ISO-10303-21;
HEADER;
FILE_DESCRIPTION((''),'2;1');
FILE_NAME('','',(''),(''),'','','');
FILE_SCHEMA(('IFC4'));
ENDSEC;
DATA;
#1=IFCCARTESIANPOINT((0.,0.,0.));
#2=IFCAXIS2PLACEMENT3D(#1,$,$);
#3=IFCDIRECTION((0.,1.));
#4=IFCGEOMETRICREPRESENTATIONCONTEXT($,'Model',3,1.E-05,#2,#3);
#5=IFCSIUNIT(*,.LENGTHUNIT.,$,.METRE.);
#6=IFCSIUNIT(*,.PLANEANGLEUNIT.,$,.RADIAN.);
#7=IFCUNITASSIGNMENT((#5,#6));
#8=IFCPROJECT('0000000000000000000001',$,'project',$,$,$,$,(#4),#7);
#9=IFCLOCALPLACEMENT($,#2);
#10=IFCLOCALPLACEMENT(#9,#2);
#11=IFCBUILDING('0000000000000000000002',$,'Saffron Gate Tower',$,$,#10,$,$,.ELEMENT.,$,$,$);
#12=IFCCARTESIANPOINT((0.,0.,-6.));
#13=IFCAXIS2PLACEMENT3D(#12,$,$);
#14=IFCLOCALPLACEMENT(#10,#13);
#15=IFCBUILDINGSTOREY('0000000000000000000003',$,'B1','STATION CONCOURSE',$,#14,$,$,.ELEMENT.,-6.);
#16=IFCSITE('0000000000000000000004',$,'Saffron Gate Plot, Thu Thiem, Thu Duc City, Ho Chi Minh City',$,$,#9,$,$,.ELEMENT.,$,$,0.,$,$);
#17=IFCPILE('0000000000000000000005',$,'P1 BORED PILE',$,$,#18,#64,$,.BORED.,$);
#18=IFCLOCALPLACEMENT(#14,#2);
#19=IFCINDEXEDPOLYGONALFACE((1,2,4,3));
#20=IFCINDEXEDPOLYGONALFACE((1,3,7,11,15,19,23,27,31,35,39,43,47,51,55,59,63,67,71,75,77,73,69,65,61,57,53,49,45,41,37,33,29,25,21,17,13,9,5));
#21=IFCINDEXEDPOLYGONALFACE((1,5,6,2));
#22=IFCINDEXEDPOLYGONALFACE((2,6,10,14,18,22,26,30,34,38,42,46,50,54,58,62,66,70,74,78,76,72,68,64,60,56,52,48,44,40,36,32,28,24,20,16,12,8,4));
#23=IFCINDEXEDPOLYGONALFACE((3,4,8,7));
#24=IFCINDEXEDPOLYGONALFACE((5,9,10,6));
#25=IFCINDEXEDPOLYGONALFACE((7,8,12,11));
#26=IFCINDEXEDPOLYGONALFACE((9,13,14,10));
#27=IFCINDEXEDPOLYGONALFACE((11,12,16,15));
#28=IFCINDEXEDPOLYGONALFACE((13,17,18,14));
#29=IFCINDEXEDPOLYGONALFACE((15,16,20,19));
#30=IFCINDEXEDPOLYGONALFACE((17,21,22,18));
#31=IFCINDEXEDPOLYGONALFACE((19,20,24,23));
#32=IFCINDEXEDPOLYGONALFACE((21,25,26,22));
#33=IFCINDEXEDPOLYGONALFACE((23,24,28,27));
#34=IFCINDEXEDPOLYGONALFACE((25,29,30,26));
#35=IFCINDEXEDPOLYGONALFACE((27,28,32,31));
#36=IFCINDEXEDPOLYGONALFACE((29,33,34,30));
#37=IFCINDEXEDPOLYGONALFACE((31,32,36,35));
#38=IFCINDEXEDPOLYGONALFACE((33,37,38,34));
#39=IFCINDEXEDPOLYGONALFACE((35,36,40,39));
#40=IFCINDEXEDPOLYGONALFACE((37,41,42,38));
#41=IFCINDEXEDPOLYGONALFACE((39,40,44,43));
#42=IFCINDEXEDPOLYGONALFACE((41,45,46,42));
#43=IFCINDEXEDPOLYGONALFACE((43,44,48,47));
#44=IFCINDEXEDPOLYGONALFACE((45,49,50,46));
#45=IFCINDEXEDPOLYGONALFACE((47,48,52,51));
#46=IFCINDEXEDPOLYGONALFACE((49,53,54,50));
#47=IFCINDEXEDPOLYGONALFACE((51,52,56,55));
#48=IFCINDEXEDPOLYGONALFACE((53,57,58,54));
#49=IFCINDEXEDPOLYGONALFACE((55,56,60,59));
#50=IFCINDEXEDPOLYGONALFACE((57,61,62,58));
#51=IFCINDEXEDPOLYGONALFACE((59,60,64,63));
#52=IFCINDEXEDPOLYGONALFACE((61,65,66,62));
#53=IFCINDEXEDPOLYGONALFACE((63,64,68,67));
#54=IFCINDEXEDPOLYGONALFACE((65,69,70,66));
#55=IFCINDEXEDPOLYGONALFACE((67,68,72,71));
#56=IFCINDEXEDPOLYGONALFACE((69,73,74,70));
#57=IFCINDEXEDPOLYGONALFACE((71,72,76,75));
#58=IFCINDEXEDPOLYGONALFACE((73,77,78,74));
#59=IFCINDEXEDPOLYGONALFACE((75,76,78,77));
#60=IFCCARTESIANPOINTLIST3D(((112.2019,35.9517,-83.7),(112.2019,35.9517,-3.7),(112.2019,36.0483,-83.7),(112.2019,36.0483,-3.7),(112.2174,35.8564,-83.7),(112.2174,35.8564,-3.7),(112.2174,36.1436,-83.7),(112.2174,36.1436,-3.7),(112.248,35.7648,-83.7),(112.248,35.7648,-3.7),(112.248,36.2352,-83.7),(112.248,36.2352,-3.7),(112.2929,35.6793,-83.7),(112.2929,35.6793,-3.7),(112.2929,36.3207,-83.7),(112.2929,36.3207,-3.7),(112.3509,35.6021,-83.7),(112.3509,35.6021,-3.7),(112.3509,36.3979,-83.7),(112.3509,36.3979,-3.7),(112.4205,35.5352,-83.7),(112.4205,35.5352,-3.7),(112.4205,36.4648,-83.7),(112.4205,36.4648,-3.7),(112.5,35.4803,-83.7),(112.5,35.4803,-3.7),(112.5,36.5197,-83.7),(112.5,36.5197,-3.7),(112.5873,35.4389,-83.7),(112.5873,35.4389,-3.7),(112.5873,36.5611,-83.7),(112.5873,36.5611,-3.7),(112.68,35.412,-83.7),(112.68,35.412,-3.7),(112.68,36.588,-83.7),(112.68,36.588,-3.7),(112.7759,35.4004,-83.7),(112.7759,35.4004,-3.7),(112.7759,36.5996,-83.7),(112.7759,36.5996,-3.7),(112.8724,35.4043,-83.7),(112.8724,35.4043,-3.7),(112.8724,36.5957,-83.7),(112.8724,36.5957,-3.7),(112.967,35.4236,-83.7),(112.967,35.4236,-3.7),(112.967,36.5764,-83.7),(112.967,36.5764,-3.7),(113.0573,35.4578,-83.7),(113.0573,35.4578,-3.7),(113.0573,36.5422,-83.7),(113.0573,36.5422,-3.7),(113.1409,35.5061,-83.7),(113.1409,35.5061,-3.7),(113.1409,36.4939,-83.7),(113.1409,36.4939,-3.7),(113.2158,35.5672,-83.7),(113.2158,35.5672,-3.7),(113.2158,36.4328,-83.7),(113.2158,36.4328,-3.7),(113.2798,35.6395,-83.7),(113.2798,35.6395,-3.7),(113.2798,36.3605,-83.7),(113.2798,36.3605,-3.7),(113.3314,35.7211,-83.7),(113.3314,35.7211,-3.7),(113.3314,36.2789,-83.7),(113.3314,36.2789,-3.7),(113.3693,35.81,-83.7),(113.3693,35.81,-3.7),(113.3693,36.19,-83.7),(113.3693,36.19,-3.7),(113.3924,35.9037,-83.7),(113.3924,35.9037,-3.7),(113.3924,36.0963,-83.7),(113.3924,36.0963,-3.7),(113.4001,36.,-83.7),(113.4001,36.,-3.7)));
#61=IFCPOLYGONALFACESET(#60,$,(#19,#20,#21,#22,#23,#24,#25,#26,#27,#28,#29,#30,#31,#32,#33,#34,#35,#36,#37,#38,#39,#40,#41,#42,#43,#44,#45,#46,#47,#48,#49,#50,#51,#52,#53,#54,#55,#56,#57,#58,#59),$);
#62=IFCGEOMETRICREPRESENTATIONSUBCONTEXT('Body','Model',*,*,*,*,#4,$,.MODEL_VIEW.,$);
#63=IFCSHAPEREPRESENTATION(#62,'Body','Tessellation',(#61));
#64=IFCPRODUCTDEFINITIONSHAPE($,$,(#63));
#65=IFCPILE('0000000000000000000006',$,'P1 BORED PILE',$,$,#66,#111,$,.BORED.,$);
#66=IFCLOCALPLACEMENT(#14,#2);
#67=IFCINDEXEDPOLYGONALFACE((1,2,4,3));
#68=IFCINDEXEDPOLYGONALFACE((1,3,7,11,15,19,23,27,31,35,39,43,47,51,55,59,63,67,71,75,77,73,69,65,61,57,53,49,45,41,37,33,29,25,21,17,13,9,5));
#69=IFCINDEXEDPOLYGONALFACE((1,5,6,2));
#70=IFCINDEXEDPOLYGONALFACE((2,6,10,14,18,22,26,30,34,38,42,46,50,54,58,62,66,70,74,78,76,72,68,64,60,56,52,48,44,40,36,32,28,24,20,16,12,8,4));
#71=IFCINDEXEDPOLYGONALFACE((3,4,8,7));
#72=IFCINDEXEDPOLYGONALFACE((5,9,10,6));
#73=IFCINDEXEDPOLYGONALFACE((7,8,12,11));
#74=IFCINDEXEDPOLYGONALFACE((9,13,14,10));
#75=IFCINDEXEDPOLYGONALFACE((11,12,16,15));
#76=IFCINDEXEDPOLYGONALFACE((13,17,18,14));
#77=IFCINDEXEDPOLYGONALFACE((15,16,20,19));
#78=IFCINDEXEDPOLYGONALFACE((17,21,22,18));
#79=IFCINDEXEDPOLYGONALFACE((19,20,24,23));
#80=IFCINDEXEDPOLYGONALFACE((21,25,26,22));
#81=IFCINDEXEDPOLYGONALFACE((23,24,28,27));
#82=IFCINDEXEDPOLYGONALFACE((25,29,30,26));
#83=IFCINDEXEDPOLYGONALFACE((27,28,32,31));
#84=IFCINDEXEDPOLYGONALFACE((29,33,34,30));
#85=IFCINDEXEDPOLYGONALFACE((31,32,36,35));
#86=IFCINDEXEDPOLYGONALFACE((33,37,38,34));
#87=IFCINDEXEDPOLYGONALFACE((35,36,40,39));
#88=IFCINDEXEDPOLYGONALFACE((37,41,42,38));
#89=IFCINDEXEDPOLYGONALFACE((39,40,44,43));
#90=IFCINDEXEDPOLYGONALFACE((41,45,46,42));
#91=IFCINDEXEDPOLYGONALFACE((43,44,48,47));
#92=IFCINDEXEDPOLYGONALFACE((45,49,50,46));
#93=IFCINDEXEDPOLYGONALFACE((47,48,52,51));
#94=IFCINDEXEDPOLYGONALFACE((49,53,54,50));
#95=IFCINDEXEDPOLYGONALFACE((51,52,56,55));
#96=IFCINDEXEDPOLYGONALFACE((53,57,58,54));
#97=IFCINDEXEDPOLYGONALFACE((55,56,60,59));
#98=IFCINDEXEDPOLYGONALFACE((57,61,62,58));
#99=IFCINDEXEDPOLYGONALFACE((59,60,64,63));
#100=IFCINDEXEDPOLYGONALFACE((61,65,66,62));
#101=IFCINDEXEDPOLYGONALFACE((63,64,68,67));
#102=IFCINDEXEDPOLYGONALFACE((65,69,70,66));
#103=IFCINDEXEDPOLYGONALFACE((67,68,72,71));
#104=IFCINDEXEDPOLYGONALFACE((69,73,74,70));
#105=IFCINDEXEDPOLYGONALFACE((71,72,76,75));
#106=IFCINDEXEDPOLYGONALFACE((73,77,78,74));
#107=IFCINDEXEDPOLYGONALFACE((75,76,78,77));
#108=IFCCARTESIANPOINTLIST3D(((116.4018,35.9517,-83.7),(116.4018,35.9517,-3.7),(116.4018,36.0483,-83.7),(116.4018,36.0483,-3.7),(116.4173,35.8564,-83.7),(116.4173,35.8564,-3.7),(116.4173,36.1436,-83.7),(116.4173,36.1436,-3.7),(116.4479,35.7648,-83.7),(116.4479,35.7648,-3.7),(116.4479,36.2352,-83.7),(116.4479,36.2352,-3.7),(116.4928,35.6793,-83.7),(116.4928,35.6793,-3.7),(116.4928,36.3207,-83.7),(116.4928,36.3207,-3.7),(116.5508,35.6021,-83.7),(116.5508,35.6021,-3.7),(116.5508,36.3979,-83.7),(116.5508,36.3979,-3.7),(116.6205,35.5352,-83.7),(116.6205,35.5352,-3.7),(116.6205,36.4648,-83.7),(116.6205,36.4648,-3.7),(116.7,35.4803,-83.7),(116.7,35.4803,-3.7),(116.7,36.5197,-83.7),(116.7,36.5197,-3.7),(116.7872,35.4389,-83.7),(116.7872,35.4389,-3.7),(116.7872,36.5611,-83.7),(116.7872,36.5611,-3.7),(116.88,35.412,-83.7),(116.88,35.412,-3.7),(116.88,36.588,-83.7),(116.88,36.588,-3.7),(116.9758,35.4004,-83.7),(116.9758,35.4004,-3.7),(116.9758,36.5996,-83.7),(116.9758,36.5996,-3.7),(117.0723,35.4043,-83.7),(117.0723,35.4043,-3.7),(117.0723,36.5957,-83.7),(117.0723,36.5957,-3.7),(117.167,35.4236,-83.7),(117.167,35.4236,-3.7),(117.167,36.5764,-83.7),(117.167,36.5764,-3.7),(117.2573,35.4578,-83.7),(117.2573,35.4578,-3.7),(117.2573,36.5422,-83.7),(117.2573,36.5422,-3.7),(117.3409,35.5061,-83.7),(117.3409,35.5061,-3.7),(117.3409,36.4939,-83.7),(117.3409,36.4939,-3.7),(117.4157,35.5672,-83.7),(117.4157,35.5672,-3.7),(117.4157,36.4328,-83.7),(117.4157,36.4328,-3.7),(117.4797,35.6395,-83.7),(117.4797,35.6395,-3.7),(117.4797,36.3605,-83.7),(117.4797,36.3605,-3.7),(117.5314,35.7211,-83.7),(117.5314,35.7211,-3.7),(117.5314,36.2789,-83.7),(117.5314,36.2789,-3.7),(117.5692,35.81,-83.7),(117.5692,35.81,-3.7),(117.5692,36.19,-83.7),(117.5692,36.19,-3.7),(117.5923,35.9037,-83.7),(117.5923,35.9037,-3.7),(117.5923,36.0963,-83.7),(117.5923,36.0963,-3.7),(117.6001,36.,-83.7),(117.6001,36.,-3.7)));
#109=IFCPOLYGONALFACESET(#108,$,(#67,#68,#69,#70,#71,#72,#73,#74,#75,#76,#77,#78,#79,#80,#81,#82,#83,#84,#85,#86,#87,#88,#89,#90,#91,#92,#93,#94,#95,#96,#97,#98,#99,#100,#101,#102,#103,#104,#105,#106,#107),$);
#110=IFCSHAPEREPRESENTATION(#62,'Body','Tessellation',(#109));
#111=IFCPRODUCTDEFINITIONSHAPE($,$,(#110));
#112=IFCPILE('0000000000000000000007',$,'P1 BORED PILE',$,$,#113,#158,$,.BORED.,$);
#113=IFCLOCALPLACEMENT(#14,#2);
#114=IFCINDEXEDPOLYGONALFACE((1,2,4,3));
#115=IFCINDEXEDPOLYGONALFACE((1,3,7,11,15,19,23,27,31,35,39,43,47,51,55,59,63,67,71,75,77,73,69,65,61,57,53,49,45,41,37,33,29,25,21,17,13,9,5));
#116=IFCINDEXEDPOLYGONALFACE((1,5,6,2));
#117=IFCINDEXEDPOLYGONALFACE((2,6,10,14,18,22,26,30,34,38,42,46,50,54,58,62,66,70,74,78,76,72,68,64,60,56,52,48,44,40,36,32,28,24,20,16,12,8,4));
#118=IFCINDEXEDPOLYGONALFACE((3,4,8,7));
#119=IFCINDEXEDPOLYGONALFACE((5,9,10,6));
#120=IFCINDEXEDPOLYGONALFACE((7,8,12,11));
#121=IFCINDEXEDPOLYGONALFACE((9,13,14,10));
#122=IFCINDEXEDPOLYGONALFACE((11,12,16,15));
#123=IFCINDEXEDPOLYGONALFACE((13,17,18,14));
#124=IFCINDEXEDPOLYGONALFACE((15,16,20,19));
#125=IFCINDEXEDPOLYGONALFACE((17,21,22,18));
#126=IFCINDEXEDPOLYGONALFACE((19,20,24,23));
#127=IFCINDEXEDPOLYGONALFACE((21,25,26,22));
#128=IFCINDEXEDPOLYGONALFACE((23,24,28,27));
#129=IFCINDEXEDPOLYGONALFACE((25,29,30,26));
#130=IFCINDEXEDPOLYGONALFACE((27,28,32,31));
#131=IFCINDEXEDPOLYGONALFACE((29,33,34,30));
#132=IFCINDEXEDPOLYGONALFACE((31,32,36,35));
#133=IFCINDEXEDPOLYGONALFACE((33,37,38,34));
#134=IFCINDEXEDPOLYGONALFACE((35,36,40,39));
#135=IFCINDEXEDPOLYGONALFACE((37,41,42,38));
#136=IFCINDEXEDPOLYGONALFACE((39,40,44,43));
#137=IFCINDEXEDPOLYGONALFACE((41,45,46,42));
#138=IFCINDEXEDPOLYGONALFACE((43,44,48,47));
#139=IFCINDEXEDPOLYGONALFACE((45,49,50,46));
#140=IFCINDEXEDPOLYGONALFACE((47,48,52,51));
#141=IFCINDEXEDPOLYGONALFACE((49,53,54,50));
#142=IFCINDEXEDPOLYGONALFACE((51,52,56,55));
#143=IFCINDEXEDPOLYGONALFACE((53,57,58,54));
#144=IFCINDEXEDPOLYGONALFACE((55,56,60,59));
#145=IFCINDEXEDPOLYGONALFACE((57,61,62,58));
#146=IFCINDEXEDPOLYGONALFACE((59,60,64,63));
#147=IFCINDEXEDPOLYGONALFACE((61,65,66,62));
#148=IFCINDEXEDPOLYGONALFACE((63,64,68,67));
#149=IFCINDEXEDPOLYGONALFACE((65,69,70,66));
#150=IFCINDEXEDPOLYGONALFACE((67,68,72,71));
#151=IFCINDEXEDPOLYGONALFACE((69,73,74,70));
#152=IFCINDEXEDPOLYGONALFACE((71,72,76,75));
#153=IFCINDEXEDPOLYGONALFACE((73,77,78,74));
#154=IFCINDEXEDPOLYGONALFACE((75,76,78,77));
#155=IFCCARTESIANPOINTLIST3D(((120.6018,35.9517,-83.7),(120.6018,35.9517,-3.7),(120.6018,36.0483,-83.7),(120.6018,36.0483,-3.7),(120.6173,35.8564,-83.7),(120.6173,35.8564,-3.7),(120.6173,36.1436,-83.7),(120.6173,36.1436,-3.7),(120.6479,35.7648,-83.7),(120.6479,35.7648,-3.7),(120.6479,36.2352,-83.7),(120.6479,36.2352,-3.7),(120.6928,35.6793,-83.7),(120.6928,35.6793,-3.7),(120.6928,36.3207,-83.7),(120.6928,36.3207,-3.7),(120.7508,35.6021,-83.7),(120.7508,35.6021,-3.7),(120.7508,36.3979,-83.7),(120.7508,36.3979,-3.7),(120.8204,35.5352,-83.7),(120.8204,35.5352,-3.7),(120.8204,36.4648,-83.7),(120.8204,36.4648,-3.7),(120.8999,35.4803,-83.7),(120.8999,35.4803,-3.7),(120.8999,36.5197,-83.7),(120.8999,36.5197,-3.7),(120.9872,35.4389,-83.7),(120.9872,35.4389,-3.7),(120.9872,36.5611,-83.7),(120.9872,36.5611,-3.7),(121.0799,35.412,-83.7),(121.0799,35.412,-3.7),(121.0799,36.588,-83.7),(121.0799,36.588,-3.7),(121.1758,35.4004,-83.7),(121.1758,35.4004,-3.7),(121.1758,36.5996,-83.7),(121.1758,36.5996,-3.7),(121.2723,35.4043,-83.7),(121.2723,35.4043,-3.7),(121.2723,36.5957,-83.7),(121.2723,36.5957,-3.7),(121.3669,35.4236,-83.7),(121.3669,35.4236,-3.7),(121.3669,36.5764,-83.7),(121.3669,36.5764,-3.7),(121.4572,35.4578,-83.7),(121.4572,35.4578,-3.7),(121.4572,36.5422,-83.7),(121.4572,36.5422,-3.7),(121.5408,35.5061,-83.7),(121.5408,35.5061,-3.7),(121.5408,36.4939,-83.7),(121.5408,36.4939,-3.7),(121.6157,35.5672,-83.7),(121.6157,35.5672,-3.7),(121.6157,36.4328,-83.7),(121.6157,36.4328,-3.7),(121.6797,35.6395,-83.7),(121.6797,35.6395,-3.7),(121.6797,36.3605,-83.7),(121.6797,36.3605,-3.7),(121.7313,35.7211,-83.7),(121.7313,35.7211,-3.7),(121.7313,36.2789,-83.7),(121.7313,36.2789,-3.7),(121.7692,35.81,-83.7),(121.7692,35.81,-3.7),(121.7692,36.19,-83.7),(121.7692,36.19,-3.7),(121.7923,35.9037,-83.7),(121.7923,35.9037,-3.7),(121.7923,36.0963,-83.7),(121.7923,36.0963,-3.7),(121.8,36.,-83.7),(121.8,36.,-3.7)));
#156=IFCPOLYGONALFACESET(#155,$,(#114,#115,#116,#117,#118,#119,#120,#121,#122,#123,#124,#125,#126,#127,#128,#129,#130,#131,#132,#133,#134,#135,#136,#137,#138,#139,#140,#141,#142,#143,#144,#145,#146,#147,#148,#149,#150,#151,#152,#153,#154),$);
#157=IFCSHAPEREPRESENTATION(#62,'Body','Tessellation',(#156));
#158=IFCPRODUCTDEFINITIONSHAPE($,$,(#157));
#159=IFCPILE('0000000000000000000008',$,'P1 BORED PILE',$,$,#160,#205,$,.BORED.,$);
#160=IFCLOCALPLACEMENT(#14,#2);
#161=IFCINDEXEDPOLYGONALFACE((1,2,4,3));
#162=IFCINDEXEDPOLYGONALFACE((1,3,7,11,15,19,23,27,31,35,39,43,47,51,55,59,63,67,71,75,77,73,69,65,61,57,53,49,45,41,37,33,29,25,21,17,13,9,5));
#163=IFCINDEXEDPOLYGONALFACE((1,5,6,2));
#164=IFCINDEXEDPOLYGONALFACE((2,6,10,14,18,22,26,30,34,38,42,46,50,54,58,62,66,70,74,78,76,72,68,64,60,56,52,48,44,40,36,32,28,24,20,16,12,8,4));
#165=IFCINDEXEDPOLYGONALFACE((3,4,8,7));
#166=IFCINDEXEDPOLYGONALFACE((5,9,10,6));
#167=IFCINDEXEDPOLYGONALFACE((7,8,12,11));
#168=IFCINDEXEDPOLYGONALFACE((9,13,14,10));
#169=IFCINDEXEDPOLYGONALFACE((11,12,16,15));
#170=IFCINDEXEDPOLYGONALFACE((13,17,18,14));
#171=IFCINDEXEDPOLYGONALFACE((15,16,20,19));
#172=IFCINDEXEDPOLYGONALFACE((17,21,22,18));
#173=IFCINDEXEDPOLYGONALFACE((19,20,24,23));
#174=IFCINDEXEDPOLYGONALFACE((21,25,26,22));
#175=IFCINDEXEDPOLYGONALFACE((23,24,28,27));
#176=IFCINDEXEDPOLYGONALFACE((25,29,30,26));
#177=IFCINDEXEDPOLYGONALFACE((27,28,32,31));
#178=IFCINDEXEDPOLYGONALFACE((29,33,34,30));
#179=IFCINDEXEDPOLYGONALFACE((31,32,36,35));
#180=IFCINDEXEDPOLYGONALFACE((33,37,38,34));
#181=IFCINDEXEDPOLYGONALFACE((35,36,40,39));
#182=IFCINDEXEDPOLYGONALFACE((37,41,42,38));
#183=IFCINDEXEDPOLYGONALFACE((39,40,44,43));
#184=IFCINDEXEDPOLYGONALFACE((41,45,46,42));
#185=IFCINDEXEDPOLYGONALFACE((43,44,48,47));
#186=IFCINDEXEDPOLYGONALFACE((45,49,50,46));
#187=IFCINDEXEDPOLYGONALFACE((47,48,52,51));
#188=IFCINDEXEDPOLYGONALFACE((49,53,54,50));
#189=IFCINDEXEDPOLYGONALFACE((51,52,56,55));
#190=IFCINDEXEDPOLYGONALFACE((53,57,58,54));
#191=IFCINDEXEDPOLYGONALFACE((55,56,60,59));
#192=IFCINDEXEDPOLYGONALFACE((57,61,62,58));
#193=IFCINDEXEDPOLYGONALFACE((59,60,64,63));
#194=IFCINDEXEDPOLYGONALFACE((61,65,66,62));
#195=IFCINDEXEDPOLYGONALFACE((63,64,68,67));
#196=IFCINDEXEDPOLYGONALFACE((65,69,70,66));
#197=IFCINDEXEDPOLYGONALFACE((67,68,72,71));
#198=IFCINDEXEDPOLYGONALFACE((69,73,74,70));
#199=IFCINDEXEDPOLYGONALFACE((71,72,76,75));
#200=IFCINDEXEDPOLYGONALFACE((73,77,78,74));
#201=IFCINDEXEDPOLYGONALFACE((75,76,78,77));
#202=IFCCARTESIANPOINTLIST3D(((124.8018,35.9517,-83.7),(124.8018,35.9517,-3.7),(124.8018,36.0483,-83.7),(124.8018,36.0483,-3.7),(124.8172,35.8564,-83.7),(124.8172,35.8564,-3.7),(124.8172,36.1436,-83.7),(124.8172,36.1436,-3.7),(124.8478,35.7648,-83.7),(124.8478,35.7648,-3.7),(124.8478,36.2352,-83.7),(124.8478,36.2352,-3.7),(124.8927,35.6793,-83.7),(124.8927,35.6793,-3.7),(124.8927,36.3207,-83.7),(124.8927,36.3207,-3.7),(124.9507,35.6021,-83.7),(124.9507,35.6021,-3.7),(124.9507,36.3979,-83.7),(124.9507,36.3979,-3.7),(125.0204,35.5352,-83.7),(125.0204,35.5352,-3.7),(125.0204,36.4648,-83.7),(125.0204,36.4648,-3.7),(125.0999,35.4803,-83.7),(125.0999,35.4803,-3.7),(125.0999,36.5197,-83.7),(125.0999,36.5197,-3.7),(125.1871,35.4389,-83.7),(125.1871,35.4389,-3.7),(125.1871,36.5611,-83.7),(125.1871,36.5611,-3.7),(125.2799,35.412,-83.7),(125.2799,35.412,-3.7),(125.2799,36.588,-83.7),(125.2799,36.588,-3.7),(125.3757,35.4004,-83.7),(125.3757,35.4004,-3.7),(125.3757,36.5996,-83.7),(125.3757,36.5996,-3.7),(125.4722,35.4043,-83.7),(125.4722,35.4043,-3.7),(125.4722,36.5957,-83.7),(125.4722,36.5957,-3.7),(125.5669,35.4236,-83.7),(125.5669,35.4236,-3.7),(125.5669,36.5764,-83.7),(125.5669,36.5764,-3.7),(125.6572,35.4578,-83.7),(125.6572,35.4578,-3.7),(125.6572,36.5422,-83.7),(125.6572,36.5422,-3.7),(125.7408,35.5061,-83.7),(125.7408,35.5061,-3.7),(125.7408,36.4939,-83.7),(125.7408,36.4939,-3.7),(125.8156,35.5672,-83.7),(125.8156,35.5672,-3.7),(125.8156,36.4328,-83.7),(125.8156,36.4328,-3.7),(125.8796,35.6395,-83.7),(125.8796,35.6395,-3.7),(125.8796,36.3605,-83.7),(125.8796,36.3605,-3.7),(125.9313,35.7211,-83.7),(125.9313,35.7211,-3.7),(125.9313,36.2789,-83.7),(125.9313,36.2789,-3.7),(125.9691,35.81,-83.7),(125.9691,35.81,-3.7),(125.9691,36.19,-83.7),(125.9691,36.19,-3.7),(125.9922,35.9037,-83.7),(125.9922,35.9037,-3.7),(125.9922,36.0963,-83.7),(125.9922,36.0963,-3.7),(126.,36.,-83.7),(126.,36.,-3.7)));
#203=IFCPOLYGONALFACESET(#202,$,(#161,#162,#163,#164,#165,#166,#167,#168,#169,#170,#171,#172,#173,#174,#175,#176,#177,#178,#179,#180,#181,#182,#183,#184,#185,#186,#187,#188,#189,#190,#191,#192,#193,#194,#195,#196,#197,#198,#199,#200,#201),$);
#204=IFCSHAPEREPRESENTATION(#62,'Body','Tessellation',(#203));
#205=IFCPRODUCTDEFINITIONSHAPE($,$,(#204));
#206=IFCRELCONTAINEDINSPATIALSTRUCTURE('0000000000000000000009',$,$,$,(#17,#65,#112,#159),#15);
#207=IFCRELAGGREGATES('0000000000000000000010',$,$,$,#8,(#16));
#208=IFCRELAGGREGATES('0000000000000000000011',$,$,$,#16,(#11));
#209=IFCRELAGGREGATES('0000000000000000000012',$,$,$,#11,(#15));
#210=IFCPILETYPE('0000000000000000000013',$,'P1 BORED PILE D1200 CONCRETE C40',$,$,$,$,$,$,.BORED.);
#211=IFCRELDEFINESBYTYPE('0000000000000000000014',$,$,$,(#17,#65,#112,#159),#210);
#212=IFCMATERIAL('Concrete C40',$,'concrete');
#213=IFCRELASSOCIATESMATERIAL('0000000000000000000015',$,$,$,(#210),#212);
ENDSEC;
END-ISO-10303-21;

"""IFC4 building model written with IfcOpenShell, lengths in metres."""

from ifc_helpers import new_model, si_unit, direction, frame, origin, origin_2d, place, context, subcontext, project, spatial, circle, extrude, material, material_profile, profile_set, type_object, element, save


model = new_model("IFC4")

# Units and contexts
model_context = context("Model", 3, precision=1e-05, world=origin(), true_north=direction((0.0, 1.0)))
body_context = subcontext(model_context, "Body", "Model", "MODEL_VIEW")
ifc_project = project(units=[si_unit("LENGTHUNIT", "METRE"), si_unit("PLANEANGLEUNIT", "RADIAN")], contexts=[model_context])

# Site, building, storey
site_placement = place(None, origin())
site = spatial("IfcSite", under=ifc_project, at=site_placement, Name="Saffron Gate Plot, Thu Thiem, Thu Duc City, Ho Chi Minh City", CompositionType="ELEMENT", RefElevation=0.0)
building_placement = place(site_placement, origin())
building = spatial("IfcBuilding", under=site, at=building_placement, Name="Saffron Gate Tower", CompositionType="ELEMENT")
storey_placement = place(building_placement, frame((0.0, 0.0, -6.0)))
storey = spatial("IfcBuildingStorey", under=building, at=storey_placement, Name="B1", Description="STATION CONCOURSE", CompositionType="ELEMENT", Elevation=-6.0)

# Piles
ifc_material_1 = material(Name="Concrete C40", Category="concrete")
ifc_material_profile_1 = material_profile(ifc_material_1, circle(Radius=0.6001, at=origin_2d()))
ifc_profile_set_1 = profile_set([ifc_material_profile_1], Name="Concrete C40")
pile_type_1 = type_object("IfcPileType", Name="P1 BORED PILE D1200 CONCRETE C40", PredefinedType="BORED", material=ifc_profile_set_1)
for number, where, z_axis, x_axis, name in (
    (1, (112.8, 36.0, -3.7), (0.0, 0.0, -1.0), (1.0, 0.0, 0.0), "P1 BORED PILE"),
    (2, (117.0, 36.0, -3.7), (0.0, 0.0, -1.0), (1.0, 0.0, 0.0), "P1 BORED PILE"),
    (3, (121.2, 36.0, -3.7), (0.0, 0.0, -1.0), (1.0, 0.0, 0.0), "P1 BORED PILE"),
    (4, (125.3999, 36.0, -3.7), (0.0, 0.0, -1.0), (1.0, 0.0, 0.0), "P1 BORED PILE"),
):
    element("IfcPile", number, at=place(storey_placement, frame(where, z_axis=z_axis, x_axis=x_axis)), inside=storey, type_object=pile_type_1, Name=name, PredefinedType="BORED", context=body_context, shape_type="SweptSolid", body=[
        extrude(circle(Radius=0.6001, at=origin_2d()), origin(), (0.0, 0.0, 1.0), 80.0),
    ])

save(model, "model.ifc")
